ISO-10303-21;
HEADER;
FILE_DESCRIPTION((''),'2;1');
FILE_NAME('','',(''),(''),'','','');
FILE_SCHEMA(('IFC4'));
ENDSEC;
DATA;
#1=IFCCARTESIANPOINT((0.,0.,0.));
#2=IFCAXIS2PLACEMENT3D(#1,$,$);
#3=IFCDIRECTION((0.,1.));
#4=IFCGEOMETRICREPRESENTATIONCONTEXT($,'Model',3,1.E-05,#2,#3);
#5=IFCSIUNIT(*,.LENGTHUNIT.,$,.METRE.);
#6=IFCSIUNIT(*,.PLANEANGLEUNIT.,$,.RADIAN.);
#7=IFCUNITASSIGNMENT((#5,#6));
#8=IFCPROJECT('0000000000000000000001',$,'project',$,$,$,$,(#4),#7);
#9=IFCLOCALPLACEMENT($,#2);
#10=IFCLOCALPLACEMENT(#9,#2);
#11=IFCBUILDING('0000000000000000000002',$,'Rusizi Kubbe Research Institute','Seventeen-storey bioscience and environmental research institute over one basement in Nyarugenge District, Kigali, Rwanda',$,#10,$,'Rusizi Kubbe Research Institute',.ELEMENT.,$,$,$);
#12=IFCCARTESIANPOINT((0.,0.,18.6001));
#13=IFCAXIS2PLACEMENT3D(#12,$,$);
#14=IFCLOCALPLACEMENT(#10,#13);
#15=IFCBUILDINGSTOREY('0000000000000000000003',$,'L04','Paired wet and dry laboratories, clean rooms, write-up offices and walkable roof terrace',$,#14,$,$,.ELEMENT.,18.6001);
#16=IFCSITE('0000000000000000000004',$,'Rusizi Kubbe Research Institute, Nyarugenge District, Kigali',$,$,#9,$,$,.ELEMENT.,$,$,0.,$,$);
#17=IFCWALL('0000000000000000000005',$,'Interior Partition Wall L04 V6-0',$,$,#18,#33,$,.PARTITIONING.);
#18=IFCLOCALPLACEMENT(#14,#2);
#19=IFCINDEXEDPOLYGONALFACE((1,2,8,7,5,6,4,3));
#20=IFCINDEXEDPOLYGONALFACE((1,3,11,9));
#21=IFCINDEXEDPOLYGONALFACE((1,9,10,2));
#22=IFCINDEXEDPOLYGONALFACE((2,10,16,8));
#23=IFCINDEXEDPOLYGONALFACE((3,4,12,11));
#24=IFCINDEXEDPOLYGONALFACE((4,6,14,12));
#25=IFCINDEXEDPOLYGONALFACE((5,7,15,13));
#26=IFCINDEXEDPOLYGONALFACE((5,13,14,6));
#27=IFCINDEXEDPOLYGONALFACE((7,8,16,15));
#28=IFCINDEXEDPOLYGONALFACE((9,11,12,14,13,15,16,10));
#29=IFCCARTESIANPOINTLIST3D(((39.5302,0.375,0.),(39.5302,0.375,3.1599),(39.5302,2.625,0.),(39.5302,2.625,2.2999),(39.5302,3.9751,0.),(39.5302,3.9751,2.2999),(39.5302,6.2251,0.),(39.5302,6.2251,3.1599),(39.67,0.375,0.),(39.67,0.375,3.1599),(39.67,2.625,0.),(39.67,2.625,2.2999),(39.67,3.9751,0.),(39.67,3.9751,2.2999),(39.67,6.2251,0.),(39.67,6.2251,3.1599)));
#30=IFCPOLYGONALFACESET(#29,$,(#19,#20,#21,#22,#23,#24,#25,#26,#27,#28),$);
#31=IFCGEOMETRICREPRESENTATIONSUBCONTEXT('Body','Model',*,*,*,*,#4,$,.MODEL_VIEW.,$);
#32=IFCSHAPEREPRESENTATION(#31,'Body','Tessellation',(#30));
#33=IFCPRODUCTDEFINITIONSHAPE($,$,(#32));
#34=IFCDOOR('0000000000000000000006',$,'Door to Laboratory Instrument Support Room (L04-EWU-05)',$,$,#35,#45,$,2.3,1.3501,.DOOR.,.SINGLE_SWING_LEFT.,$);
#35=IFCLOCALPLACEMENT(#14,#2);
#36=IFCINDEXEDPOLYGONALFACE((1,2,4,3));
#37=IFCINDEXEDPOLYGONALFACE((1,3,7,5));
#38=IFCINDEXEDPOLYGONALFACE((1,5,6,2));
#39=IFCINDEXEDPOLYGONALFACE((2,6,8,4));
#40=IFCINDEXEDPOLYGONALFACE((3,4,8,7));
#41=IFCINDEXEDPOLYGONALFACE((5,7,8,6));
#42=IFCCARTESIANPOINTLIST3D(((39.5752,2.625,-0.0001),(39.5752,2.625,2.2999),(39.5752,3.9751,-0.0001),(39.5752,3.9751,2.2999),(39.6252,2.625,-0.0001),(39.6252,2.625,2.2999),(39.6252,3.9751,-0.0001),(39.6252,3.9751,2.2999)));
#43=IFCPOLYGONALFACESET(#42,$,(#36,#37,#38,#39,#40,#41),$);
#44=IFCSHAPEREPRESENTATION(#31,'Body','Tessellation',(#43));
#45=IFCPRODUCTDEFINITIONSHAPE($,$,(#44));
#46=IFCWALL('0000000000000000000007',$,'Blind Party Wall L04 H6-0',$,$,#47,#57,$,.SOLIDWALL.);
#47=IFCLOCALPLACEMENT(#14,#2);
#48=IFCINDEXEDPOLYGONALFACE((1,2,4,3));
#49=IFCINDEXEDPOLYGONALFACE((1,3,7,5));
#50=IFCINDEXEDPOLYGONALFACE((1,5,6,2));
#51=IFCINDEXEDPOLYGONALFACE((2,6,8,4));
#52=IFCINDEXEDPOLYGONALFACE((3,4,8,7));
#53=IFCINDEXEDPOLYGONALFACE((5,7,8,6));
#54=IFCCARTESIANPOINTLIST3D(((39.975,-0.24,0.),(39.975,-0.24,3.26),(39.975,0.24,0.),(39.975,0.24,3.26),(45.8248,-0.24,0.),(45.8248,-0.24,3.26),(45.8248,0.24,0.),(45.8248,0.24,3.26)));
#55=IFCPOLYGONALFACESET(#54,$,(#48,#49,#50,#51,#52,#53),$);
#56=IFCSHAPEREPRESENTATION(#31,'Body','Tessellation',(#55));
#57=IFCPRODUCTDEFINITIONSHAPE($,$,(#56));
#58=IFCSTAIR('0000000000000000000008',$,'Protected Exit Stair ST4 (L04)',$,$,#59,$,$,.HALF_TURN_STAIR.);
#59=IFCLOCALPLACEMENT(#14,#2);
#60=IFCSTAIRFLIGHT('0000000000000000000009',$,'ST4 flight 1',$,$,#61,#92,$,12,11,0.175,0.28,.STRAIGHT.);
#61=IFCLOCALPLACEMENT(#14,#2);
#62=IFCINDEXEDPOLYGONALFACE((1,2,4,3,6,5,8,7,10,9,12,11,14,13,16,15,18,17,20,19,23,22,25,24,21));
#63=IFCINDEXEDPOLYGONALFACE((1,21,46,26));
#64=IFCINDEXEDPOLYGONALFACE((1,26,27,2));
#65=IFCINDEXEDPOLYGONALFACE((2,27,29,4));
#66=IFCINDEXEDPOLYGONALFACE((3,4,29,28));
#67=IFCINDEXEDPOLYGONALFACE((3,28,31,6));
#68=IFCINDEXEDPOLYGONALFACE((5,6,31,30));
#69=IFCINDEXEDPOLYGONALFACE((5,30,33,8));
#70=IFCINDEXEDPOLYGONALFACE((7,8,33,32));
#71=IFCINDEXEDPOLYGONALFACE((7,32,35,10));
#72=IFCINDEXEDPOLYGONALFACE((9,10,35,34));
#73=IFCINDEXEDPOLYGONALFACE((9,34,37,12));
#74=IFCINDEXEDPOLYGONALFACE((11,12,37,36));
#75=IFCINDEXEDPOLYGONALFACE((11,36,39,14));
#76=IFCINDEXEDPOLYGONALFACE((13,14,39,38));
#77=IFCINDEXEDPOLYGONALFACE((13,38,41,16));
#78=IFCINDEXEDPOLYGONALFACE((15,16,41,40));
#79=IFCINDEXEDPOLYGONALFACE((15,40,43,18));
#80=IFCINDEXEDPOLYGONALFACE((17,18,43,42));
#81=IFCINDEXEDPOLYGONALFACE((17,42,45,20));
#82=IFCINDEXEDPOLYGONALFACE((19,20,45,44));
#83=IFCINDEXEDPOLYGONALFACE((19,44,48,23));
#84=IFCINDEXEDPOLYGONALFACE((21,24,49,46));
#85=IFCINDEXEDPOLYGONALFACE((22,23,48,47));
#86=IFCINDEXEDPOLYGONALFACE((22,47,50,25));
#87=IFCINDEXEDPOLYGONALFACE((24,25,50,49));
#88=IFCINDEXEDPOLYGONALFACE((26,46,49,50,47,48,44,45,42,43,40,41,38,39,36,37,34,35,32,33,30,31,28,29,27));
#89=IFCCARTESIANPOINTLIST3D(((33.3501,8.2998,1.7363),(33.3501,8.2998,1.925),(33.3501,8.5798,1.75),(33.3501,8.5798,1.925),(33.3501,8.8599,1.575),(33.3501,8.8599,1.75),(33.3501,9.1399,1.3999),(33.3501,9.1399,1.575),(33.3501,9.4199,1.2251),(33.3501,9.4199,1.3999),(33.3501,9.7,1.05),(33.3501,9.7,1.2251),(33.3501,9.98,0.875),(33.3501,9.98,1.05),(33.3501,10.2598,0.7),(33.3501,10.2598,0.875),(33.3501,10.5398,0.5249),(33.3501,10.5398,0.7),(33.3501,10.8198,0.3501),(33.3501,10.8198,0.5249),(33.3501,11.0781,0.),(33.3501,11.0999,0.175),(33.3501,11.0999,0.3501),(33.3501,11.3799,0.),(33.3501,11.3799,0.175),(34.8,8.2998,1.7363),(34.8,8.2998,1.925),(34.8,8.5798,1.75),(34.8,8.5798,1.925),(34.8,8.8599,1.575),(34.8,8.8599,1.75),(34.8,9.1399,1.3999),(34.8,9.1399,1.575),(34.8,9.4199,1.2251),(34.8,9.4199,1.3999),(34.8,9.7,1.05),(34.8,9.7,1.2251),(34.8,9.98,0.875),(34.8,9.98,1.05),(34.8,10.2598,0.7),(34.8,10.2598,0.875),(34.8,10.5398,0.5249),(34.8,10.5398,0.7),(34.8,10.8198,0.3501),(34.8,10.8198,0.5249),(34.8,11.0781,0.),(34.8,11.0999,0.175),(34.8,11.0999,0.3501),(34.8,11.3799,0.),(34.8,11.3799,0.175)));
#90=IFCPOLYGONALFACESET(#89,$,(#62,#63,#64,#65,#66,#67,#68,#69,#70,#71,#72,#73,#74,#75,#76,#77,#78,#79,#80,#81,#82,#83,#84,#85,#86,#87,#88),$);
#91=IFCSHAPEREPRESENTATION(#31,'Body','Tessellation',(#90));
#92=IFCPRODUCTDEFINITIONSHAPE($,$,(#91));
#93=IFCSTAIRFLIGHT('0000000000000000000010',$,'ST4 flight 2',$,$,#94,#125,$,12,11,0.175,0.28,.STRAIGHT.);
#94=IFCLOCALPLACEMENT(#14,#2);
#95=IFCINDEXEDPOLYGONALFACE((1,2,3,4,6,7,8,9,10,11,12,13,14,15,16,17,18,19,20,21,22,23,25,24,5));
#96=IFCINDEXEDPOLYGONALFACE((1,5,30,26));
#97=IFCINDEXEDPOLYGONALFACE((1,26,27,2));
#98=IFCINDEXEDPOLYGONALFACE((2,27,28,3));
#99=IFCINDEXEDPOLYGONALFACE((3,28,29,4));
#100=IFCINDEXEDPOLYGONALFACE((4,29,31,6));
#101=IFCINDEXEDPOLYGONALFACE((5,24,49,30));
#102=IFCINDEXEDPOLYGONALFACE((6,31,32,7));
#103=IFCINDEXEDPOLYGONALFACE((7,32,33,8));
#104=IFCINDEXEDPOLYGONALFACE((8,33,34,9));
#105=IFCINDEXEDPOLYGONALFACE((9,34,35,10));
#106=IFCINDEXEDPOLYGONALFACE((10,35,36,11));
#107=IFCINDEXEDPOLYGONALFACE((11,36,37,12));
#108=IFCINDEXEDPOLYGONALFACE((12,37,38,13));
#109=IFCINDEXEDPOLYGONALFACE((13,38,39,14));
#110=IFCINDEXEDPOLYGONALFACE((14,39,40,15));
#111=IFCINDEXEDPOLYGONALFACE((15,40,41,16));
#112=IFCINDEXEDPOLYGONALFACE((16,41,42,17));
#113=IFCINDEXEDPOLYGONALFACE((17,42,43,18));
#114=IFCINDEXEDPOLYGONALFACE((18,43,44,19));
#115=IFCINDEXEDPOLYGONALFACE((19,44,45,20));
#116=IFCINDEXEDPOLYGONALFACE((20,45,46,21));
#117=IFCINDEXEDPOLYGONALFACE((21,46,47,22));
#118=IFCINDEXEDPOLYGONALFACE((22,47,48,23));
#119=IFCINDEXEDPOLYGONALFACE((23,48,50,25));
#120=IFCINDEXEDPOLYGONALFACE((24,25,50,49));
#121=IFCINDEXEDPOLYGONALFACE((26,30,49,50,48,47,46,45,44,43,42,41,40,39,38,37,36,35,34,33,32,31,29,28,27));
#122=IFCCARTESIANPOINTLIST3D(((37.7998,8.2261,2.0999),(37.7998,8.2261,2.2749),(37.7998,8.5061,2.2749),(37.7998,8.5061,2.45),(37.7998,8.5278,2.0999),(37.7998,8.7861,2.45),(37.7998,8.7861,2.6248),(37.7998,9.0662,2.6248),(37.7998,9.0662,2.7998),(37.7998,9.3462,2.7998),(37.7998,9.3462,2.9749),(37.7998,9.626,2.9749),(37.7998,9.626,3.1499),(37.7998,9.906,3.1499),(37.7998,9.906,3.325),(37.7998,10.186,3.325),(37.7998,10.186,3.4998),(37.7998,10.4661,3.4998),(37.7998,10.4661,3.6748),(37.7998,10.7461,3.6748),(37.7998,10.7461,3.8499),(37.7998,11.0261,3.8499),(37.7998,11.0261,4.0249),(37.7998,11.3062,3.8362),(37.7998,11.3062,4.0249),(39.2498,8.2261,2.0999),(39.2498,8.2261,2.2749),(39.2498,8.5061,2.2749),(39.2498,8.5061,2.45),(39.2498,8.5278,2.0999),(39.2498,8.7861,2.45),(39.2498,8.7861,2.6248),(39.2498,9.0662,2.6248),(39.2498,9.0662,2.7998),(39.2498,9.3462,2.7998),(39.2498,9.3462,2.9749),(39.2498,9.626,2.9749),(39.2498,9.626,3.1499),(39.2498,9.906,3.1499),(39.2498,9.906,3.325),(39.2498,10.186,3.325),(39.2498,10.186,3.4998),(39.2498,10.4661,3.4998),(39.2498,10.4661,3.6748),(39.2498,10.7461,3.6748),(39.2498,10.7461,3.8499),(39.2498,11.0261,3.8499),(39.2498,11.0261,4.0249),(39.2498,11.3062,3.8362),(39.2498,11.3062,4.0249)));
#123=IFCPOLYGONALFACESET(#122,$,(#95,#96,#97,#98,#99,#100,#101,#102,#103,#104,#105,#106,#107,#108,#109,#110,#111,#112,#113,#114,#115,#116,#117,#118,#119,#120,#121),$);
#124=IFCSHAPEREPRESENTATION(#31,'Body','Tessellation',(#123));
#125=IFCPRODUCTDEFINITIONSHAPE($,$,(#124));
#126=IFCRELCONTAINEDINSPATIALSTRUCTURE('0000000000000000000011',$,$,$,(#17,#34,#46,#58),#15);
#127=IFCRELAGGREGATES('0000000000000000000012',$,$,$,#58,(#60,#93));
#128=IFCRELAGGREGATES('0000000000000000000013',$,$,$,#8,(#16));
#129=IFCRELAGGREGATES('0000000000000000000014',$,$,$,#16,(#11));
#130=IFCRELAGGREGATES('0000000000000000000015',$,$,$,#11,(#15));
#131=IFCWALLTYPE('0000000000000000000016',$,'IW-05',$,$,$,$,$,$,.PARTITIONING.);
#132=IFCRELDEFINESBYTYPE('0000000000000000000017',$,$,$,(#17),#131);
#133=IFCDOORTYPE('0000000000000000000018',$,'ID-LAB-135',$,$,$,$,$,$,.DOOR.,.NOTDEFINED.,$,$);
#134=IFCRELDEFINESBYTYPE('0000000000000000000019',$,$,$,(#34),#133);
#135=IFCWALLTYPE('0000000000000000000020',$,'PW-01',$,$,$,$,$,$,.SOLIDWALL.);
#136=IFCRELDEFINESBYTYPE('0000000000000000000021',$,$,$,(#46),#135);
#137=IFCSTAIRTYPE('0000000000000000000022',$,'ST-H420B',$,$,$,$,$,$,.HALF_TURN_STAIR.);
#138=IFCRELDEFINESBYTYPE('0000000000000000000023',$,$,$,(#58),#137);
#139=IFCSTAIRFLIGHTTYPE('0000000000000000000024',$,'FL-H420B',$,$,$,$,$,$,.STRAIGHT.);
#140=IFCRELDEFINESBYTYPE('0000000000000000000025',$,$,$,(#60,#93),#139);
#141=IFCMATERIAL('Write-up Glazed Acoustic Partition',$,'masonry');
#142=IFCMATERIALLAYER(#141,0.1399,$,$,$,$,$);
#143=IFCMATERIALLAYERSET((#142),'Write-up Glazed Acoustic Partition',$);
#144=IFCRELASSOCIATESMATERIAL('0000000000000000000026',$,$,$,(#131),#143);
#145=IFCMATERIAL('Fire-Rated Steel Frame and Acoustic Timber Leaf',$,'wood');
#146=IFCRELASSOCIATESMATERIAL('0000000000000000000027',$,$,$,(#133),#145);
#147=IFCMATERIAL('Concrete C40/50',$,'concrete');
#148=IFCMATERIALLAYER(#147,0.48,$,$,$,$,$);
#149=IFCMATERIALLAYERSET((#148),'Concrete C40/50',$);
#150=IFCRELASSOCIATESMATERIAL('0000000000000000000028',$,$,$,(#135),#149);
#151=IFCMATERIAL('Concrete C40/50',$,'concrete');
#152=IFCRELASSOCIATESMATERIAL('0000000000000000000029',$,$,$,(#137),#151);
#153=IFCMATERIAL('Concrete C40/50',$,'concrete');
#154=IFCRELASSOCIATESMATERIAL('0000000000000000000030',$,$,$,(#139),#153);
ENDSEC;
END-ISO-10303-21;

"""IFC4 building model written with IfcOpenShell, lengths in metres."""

from ifc_helpers import new_model, si_unit, direction, frame, frame_2d, origin, place, context, subcontext, project, spatial, polyline, rectangle, outline, extrude, material, layer, layer_set, type_object, element, fill, aggregate, save


model = new_model("IFC4")

# Units and contexts
model_context = context("Model", 3, precision=1e-05, world=origin(), true_north=direction((0.0, 1.0)))
body_context = subcontext(model_context, "Body", "Model", "MODEL_VIEW")
ifc_project = project(units=[si_unit("LENGTHUNIT", "METRE"), si_unit("PLANEANGLEUNIT", "RADIAN")], contexts=[model_context])

# Site, building, storey
site_placement = place(None, origin())
site = spatial("IfcSite", under=ifc_project, at=site_placement, Name="Rusizi Kubbe Research Institute, Nyarugenge District, Kigali", CompositionType="ELEMENT", RefElevation=0.0)
building_placement = place(site_placement, origin())
building = spatial("IfcBuilding", under=site, at=building_placement, Name="Rusizi Kubbe Research Institute", Description="Seventeen-storey bioscience and environmental research institute over one basement in Nyarugenge District, Kigali, Rwanda", LongName="Rusizi Kubbe Research Institute", CompositionType="ELEMENT")
storey_placement = place(building_placement, frame((0.0, 0.0, 18.6001)))
storey = spatial("IfcBuildingStorey", under=building, at=storey_placement, Name="L04", Description="Paired wet and dry laboratories, clean rooms, write-up offices and walkable roof terrace", CompositionType="ELEMENT", Elevation=18.6001)

# Wall, opening, door
ifc_material_1 = material(Name="Write-up Glazed Acoustic Partition", Category="masonry")
ifc_layer_1 = layer(ifc_material_1, 0.1399)
ifc_layer_set_1 = layer_set([ifc_layer_1], Name="Write-up Glazed Acoustic Partition")
wall_type_1 = type_object("IfcWallType", Name="IW-05", PredefinedType="PARTITIONING", material=ifc_layer_set_1)
wall_1_placement = place(storey_placement, frame((39.6001, 0.375, 0.0), z_axis=(0.0, 0.0, 1.0), x_axis=(0.0, 1.0, 0.0)))
wall_1 = element("IfcWall", 1, at=wall_1_placement, inside=storey, type_object=wall_type_1, Name="Interior Partition Wall L04 V6-0", PredefinedType="PARTITIONING", context=body_context, shape_type="SweptSolid", body=[
    extrude(rectangle(XDim=5.8501, YDim=0.1399, at=frame_2d((2.925, 0.0))), origin(), (0.0, 0.0, 1.0), 3.1599),
])
opening_1_placement = place(wall_1_placement, frame((2.25, 0.0, 0.0)))
opening_1 = element("IfcOpeningElement", 2, at=opening_1_placement, cuts=wall_1, PredefinedType="OPENING", context=body_context, shape_type="SweptSolid", body=[
    extrude(rectangle(XDim=1.3501, YDim=2.3, at=frame_2d((0.675, 1.1499))), frame((0.0, 0.0798, 0.0), z_axis=(0.0, -1.0, 0.0), x_axis=(1.0, 0.0, 0.0)), (0.0, 0.0, 1.0), 0.1599),
])
ifc_material_2 = material(Name="Fire-Rated Steel Frame and Acoustic Timber Leaf", Category="wood")
door_type_1 = type_object("IfcDoorType", Name="ID-LAB-135", OperationType="NOTDEFINED", PredefinedType="DOOR", material=ifc_material_2)
door_1_placement = place(opening_1_placement, origin())
door_1 = element("IfcDoor", 3, at=door_1_placement, inside=storey, type_object=door_type_1, Name="Door to Laboratory Instrument Support Room (L04-EWU-05)", OperationType="SINGLE_SWING_LEFT", OverallHeight=2.3, OverallWidth=1.3501, PredefinedType="DOOR", context=body_context, shape_type="SweptSolid", body=[
    extrude(rectangle(XDim=1.3501, YDim=2.3, at=frame_2d((0.675, 1.1499))), frame((0.0, 0.0249, 0.0), z_axis=(0.0, -1.0, 0.0), x_axis=(1.0, 0.0, 0.0)), (0.0, 0.0, 1.0), 0.05),
])
fill(opening_1, door_1)

# Wall
ifc_material_3 = material(Name="Concrete C40/50", Category="concrete")
ifc_layer_2 = layer(ifc_material_3, 0.48)
ifc_layer_set_2 = layer_set([ifc_layer_2], Name="Concrete C40/50")
wall_type_2 = type_object("IfcWallType", Name="PW-01", PredefinedType="SOLIDWALL", material=ifc_layer_set_2)
wall_2_placement = place(storey_placement, frame((39.9751, 0.0, 0.0), z_axis=(0.0, 0.0, 1.0), x_axis=(1.0, 0.0, 0.0)))
element("IfcWall", 4, at=wall_2_placement, inside=storey, type_object=wall_type_2, Name="Blind Party Wall L04 H6-0", PredefinedType="SOLIDWALL", context=body_context, shape_type="SweptSolid", body=[
    extrude(rectangle(XDim=5.8499, YDim=0.48, at=frame_2d((2.9248, 0.0))), origin(), (0.0, 0.0, 1.0), 3.26),
])

# Stair, stair flights
ifc_material_4 = material(Name="Concrete C40/50", Category="concrete")
stair_type = type_object("IfcStairType", Name="ST-H420B", PredefinedType="HALF_TURN_STAIR", material=ifc_material_4)
stair_placement = place(storey_placement, origin())
stair = element("IfcStair", 5, at=stair_placement, inside=storey, type_object=stair_type, Name="Protected Exit Stair ST4 (L04)", PredefinedType="HALF_TURN_STAIR")
ifc_material_5 = material(Name="Concrete C40/50", Category="concrete")
stair_flight_type = type_object("IfcStairFlightType", Name="FL-H420B", PredefinedType="STRAIGHT", material=ifc_material_5)
stair_flight_1_placement = place(storey_placement, frame((34.075, 11.3799, 0.0), z_axis=(0.0, 0.0, 1.0), x_axis=(0.0, -1.0, 0.0)))
stair_flight_1 = element("IfcStairFlight", 6, at=stair_flight_1_placement, type_object=stair_flight_type, Name="ST4 flight 1", NumberOfRisers=12, NumberOfTreads=11, PredefinedType="STRAIGHT", RiserHeight=0.175, TreadLength=0.28, context=body_context, shape_type="SweptSolid", body=[
    extrude(outline(polyline([(0.0, 0.0), (0.0, 0.175), (0.28, 0.175), (0.28, 0.3501), (0.5601, 0.3501), (0.5601, 0.5249), (0.8401, 0.5249), (0.8401, 0.7), (1.1201, 0.7), (1.1201, 0.875), (1.3999, 0.875), (1.3999, 1.05), (1.6799, 1.05), (1.6799, 1.2251), (1.96, 1.2251), (1.96, 1.3999), (2.24, 1.3999), (2.24, 1.575), (2.52, 1.575), (2.52, 1.75), (2.8, 1.75), (2.8, 1.925), (3.0801, 1.925), (3.0801, 2.1001), (3.0801, 1.7363), (0.3018, 0.0), (0.0, 0.0)])), frame((0.0, 0.7251, 0.0), z_axis=(0.0, -1.0, 0.0), x_axis=(1.0, 0.0, 0.0)), (0.0, 0.0, 1.0), 1.45),
])
stair_flight_2_placement = place(storey_placement, frame((38.5249, 8.2261, 2.0999), z_axis=(0.0, 0.0, 1.0), x_axis=(0.0, 1.0, 0.0)))
stair_flight_2 = element("IfcStairFlight", 7, at=stair_flight_2_placement, type_object=stair_flight_type, Name="ST4 flight 2", NumberOfRisers=12, NumberOfTreads=11, PredefinedType="STRAIGHT", RiserHeight=0.175, TreadLength=0.28, context=body_context, shape_type="SweptSolid", body=[
    extrude(outline(polyline([(0.0, 0.0), (0.0, 0.175), (0.28, 0.175), (0.28, 0.3501), (0.5601, 0.3501), (0.5601, 0.5249), (0.8401, 0.5249), (0.8401, 0.7), (1.1201, 0.7), (1.1201, 0.875), (1.3999, 0.875), (1.3999, 1.05), (1.6799, 1.05), (1.6799, 1.2251), (1.96, 1.2251), (1.96, 1.3999), (2.24, 1.3999), (2.24, 1.575), (2.52, 1.575), (2.52, 1.75), (2.8, 1.75), (2.8, 1.925), (3.0801, 1.925), (3.0801, 2.1001), (3.0801, 1.7363), (0.3018, 0.0), (0.0, 0.0)])), frame((0.0, 0.7251, 0.0), z_axis=(0.0, -1.0, 0.0), x_axis=(1.0, 0.0, 0.0)), (0.0, 0.0, 1.0), 1.45),
])
aggregate(stair, [stair_flight_1, stair_flight_2])

save(model, "model.ifc")
